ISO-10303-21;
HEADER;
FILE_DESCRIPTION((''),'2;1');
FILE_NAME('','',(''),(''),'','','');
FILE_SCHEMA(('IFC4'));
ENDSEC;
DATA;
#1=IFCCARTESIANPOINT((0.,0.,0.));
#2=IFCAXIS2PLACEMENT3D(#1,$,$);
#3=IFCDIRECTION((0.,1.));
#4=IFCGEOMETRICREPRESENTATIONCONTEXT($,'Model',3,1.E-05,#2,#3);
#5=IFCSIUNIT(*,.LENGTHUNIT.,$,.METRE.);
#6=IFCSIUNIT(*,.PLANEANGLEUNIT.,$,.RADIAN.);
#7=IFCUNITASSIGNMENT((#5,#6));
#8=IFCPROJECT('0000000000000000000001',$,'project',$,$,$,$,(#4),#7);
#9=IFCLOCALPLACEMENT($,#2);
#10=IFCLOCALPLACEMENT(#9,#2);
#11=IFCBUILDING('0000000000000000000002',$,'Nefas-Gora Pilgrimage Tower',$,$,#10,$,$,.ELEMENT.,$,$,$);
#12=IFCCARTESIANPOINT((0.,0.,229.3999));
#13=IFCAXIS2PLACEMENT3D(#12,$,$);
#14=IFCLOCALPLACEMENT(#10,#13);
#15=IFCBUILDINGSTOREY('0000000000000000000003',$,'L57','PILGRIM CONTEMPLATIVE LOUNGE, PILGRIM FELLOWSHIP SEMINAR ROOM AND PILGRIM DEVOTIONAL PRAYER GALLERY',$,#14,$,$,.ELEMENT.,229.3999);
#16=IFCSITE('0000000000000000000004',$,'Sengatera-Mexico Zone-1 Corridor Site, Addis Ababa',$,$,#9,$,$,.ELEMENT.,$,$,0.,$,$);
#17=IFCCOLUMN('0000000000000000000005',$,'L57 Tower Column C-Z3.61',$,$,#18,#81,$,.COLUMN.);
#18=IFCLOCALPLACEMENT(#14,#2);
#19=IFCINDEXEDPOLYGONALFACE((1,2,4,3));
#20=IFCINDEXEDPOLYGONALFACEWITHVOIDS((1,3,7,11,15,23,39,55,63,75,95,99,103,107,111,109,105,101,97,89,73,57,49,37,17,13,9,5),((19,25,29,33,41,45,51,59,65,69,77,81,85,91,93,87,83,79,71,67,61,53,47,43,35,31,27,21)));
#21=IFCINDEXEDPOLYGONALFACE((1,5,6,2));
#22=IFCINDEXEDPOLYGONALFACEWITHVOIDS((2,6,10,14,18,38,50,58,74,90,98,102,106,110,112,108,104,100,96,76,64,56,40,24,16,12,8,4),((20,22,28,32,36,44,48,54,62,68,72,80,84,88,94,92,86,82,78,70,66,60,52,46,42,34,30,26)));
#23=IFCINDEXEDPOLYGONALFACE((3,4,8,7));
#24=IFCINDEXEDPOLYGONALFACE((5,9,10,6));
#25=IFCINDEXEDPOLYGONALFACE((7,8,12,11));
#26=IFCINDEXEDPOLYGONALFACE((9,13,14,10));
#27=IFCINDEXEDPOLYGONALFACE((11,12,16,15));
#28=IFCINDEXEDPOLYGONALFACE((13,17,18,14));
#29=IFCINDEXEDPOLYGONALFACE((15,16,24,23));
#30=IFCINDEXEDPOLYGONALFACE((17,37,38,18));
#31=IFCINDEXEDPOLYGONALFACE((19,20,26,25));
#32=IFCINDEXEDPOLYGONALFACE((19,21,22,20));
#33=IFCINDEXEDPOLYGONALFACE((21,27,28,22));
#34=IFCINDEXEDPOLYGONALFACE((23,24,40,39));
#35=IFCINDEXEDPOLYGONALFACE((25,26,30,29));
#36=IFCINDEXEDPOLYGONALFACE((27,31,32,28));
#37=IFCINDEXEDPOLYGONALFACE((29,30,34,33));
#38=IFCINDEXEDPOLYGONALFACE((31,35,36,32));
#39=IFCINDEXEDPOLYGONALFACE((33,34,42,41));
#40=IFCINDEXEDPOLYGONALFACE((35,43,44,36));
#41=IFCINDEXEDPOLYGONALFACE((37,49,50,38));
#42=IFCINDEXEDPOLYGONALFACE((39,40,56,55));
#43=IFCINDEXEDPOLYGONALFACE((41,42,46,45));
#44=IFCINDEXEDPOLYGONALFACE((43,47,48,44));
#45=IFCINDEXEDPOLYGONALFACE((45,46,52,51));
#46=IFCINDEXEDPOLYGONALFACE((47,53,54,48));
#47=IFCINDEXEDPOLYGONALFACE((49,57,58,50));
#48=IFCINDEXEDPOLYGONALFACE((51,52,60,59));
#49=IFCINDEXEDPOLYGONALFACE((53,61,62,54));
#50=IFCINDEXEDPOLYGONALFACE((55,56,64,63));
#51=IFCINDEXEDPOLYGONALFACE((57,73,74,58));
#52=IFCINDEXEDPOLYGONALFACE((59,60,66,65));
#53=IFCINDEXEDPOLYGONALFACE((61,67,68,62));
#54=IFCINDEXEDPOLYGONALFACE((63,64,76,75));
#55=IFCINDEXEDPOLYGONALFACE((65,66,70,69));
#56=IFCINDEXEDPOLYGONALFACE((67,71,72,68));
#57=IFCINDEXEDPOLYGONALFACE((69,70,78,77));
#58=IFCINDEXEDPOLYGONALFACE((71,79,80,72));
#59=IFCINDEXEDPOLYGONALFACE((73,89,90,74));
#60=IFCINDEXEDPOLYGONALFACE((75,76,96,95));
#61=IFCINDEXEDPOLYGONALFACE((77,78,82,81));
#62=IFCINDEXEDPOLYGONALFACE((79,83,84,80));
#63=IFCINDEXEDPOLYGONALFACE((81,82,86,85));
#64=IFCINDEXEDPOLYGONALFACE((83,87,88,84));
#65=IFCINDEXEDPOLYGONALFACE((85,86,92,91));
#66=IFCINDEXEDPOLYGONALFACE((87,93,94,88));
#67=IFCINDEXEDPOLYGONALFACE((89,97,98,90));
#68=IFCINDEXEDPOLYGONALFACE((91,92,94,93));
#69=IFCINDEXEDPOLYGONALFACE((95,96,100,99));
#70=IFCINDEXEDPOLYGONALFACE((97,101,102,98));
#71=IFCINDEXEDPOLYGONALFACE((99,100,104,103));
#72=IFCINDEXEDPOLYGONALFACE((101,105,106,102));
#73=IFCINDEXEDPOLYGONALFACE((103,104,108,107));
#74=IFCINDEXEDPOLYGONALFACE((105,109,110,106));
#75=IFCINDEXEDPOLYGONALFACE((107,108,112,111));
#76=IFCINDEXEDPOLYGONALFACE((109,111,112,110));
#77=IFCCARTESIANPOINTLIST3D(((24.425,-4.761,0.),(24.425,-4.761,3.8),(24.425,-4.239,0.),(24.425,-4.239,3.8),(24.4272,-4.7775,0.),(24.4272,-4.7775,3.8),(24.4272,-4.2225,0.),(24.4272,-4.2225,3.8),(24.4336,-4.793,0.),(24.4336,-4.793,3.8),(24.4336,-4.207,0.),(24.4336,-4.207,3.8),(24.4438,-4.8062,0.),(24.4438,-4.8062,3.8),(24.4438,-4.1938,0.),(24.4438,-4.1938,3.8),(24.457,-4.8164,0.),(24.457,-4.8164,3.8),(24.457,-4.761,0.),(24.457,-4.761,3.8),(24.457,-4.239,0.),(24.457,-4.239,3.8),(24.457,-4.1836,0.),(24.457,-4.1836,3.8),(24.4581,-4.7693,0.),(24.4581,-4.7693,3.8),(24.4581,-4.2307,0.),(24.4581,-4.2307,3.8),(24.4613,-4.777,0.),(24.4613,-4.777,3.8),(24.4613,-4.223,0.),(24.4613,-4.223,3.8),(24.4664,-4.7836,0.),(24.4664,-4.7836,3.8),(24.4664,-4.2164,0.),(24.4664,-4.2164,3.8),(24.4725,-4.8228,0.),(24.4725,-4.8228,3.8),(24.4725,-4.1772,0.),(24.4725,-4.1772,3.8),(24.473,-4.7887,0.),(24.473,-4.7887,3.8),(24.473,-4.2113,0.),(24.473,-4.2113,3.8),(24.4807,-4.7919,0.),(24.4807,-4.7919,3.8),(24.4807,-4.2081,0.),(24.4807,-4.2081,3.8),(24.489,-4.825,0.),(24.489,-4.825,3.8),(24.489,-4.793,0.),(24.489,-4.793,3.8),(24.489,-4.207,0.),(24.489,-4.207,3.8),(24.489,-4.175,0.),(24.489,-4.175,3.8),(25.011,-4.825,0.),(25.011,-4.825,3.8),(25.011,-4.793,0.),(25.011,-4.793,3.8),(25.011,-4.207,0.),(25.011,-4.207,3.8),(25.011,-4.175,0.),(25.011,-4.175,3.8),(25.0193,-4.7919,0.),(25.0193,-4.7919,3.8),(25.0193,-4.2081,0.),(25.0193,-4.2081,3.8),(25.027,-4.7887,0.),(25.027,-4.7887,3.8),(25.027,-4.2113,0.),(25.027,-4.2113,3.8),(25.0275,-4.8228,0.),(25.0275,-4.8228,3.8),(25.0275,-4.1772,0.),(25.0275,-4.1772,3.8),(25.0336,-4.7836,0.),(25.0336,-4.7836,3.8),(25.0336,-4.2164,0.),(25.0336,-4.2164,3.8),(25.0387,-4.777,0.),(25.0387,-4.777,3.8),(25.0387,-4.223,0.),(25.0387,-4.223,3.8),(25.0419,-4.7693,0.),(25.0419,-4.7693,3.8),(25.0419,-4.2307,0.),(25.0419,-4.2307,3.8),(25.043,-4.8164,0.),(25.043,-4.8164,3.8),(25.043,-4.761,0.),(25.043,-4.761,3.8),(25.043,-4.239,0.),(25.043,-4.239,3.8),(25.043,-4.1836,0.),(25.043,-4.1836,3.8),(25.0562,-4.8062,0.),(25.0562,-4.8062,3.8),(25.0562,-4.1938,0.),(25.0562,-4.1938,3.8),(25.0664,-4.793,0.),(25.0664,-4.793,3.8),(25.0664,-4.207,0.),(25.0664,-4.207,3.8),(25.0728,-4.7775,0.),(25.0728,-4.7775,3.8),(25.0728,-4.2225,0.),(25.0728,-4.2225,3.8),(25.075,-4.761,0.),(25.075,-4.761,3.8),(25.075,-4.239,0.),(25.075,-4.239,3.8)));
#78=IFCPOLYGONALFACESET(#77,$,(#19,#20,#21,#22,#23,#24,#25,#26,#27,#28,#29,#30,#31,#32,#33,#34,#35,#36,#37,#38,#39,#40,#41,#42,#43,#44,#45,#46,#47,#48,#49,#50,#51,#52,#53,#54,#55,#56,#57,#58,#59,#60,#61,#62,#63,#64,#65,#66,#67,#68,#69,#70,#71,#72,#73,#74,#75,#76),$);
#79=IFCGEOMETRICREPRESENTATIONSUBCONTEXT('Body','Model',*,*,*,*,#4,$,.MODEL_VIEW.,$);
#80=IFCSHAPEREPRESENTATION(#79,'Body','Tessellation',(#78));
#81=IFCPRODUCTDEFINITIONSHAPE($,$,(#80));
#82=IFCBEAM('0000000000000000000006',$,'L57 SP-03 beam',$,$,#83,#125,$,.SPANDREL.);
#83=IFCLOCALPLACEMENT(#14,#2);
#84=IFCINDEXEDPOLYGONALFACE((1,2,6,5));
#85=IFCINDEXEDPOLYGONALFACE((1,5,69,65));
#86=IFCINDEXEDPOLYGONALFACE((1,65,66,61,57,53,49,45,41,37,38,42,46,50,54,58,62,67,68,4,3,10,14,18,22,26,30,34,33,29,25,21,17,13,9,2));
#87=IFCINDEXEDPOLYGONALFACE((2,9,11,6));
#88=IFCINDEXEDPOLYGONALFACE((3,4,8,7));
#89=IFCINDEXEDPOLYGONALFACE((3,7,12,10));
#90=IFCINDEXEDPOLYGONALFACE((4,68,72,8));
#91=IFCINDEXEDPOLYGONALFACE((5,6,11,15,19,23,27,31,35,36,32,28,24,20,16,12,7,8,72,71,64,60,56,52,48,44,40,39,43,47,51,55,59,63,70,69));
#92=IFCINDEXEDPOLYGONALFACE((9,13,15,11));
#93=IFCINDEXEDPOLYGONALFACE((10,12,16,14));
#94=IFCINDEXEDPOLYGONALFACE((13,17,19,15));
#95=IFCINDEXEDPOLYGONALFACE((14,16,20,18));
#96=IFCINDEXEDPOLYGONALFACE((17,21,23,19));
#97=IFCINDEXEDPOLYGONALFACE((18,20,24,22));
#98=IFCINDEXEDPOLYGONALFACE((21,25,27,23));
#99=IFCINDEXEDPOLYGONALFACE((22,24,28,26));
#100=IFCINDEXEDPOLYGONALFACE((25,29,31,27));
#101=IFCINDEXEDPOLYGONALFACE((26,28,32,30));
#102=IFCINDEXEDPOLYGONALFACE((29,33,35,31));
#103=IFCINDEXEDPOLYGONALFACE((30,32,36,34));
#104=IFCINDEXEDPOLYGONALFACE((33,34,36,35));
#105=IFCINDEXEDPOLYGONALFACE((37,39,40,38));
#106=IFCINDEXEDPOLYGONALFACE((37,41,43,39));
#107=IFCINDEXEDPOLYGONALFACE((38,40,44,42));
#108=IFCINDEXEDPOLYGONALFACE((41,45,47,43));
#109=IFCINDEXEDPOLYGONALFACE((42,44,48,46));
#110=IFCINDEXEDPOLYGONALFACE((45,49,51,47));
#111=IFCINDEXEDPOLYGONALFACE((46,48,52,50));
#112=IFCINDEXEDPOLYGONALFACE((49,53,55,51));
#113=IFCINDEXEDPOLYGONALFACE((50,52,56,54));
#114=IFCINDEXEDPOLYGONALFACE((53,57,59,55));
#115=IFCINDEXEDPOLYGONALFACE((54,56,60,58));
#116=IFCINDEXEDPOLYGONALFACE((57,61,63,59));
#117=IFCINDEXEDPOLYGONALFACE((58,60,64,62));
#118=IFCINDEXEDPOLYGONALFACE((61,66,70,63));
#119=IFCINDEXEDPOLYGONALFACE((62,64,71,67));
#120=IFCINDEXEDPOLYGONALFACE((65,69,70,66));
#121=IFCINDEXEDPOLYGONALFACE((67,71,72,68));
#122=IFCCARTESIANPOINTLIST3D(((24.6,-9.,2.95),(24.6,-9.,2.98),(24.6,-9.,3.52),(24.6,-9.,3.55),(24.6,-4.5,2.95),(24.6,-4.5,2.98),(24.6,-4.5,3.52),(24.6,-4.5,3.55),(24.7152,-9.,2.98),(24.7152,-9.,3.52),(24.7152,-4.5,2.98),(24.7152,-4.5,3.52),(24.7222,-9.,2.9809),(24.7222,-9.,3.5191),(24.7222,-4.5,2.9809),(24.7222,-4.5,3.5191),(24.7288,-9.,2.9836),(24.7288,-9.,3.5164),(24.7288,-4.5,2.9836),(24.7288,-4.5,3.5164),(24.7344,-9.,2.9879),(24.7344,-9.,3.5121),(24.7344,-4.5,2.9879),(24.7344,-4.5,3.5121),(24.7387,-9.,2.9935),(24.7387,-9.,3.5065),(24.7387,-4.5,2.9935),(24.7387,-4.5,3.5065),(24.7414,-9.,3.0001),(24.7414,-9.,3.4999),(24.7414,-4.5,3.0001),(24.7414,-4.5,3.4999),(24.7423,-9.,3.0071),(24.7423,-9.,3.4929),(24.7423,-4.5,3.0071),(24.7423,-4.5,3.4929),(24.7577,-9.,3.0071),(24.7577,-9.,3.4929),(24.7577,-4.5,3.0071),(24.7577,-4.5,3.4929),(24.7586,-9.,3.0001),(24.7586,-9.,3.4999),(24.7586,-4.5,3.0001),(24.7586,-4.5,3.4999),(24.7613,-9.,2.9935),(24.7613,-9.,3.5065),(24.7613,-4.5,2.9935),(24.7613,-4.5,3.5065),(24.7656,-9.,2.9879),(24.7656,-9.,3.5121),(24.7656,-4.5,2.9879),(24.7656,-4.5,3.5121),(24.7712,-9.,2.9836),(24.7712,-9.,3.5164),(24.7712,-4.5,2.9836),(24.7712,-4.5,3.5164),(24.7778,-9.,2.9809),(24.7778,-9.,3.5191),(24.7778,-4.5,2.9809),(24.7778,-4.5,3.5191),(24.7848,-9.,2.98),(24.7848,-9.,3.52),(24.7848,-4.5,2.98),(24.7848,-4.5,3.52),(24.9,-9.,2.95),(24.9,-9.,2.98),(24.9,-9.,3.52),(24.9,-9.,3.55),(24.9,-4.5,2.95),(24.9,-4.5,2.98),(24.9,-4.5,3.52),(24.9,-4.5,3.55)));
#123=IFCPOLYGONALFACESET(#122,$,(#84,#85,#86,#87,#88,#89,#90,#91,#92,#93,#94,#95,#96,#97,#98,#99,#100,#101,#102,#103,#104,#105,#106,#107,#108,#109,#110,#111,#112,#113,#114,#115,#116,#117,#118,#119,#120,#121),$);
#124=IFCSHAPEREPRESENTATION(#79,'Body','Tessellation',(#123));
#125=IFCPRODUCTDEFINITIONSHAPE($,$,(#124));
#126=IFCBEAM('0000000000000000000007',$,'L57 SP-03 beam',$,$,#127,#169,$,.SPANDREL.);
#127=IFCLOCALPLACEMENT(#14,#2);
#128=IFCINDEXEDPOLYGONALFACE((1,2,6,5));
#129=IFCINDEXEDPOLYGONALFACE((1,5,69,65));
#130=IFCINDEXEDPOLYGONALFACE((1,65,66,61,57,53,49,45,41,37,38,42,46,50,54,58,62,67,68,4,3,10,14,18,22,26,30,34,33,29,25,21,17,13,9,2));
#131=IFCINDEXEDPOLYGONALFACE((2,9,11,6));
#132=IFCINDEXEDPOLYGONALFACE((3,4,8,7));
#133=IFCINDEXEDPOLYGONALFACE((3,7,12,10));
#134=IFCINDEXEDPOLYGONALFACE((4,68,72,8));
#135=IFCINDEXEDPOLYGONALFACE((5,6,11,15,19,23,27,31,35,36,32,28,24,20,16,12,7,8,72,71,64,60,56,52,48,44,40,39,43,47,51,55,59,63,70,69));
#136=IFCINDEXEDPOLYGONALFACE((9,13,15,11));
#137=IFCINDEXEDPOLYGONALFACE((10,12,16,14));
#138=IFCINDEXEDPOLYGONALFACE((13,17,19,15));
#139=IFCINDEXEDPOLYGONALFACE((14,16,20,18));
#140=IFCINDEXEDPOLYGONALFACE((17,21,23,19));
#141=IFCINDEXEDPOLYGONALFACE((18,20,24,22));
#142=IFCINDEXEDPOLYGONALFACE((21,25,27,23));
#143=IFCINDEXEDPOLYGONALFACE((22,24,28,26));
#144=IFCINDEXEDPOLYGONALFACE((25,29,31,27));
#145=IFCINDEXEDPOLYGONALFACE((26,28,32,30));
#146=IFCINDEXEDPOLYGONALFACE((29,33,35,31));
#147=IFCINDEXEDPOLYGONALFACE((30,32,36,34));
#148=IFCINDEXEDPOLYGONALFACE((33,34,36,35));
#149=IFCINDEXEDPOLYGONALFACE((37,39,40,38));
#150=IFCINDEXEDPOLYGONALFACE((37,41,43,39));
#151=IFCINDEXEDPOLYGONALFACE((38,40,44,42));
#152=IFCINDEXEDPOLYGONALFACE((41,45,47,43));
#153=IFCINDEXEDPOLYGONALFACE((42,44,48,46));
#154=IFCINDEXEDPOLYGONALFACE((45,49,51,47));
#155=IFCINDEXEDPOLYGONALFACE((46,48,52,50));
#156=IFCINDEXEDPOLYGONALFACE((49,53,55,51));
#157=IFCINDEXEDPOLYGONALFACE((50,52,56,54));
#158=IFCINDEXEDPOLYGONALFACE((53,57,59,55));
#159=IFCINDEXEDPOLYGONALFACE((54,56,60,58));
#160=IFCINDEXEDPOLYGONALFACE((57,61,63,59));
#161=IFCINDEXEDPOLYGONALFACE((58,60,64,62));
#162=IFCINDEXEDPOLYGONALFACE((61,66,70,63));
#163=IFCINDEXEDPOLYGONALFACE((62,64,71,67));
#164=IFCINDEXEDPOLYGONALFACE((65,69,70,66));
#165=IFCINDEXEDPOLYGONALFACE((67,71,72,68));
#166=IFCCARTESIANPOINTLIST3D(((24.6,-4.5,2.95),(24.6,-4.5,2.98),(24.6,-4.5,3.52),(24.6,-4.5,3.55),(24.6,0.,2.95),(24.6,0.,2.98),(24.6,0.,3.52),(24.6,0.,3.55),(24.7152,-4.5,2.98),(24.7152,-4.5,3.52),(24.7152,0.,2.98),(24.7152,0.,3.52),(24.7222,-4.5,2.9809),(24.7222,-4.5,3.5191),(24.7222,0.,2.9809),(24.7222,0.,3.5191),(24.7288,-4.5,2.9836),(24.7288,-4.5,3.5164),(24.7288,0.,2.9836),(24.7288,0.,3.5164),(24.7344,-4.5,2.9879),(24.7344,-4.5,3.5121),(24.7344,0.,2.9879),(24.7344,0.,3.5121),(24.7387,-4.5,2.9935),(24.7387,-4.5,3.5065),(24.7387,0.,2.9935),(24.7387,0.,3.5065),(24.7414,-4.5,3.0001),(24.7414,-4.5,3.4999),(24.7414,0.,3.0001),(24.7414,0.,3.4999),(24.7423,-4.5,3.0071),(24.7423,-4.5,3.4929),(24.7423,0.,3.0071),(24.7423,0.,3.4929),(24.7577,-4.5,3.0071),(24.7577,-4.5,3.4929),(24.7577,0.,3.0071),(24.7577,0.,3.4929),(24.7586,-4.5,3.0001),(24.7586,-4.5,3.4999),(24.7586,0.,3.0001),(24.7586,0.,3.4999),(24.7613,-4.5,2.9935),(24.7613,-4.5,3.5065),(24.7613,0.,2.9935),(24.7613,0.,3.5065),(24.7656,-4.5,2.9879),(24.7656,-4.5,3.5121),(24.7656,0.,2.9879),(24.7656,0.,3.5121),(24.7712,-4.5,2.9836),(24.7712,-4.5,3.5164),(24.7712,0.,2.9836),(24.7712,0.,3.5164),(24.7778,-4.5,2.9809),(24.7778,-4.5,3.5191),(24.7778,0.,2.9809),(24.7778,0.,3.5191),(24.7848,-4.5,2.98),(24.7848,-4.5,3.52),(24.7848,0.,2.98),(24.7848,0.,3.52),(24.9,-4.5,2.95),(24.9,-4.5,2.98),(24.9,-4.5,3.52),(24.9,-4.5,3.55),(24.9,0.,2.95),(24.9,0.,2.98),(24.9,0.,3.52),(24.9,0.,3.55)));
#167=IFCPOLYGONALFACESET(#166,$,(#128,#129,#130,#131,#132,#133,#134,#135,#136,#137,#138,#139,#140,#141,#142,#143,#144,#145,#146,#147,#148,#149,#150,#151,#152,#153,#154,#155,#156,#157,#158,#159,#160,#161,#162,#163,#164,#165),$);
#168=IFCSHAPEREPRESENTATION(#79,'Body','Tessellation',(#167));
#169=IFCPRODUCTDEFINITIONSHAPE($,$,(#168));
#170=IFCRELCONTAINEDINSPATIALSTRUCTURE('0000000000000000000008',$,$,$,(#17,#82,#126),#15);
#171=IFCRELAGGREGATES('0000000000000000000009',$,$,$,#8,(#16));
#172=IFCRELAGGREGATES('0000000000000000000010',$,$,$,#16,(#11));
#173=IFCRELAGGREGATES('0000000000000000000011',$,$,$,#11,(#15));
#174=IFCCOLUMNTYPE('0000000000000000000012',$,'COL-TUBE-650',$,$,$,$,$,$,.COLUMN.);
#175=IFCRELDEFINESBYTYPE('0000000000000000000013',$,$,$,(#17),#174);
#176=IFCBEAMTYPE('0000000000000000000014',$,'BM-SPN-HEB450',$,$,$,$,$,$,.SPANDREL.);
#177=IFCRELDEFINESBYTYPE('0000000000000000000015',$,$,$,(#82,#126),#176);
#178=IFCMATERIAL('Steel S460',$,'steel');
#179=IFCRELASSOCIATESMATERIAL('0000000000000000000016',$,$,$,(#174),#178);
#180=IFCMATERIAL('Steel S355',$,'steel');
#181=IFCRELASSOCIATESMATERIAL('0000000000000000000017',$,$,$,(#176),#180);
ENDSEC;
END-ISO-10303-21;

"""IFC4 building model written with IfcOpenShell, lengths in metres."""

from ifc_helpers import new_model, si_unit, direction, frame, origin, origin_2d, place, context, subcontext, project, spatial, hollow_rectangle, i_section, extrude, source, transform, mapped, material, material_profile, profile_set, type_object, element, save


model = new_model("IFC4")

# Units and contexts
model_context = context("Model", 3, precision=1e-05, world=origin(), true_north=direction((0.0, 1.0)))
body_context = subcontext(model_context, "Body", "Model", "MODEL_VIEW")
ifc_project = project(units=[si_unit("LENGTHUNIT", "METRE"), si_unit("PLANEANGLEUNIT", "RADIAN")], contexts=[model_context])

# Site, building, storey
site_placement = place(None, origin())
site = spatial("IfcSite", under=ifc_project, at=site_placement, Name="Sengatera-Mexico Zone-1 Corridor Site, Addis Ababa", CompositionType="ELEMENT", RefElevation=0.0)
building_placement = place(site_placement, origin())
building = spatial("IfcBuilding", under=site, at=building_placement, Name="Nefas-Gora Pilgrimage Tower", CompositionType="ELEMENT")
storey_placement = place(building_placement, frame((0.0, 0.0, 229.3999)))
storey = spatial("IfcBuildingStorey", under=building, at=storey_placement, Name="L57", Description="PILGRIM CONTEMPLATIVE LOUNGE, PILGRIM FELLOWSHIP SEMINAR ROOM AND PILGRIM DEVOTIONAL PRAYER GALLERY", CompositionType="ELEMENT", Elevation=229.3999)

# Column
ifc_material_1 = material(Name="Steel S460", Category="steel")
ifc_material_profile_1 = material_profile(ifc_material_1, hollow_rectangle(XDim=0.6499, YDim=0.6499, WallThickness=0.032, InnerFilletRadius=0.032, OuterFilletRadius=0.064, at=origin_2d()), Name="BOX 650x650x32")
ifc_profile_set_1 = profile_set([ifc_material_profile_1], Name="Steel S460")
column_type_1 = type_object("IfcColumnType", Name="COL-TUBE-650", PredefinedType="COLUMN", material=ifc_profile_set_1)
shared_shape_1 = source(origin(), body_context, "Body", "SweptSolid", [
    extrude(hollow_rectangle(XDim=0.6499, YDim=0.6499, WallThickness=0.032, InnerFilletRadius=0.032, OuterFilletRadius=0.064, at=origin_2d()), origin(), (0.0, 0.0, 1.0), 3.8),
])
for number, where, z_axis, x_axis, name in (
    (1, (24.75, -4.5, 0.0), (0.0, 0.0, 1.0), (1.0, 0.0, 0.0), "L57 Tower Column C-Z3.61"),
):
    element("IfcColumn", number, at=place(storey_placement, frame(where, z_axis=z_axis, x_axis=x_axis)), inside=storey, type_object=column_type_1, Name=name, PredefinedType="COLUMN", context=body_context, shape_type="MappedRepresentation", body=[
        mapped(shared_shape_1, transform((0.0, 0.0, 0.0), x_axis=(1.0, 0.0, 0.0), y_axis=(0.0, 1.0, 0.0), z_axis=(0.0, 0.0, 1.0), scale=1.0)),
    ])

# Beams
ifc_material_2 = material(Name="Steel S355", Category="steel")
ifc_material_profile_2 = material_profile(ifc_material_2, i_section(OverallWidth=0.3, OverallDepth=0.6001, WebThickness=0.0154, FlangeThickness=0.03, FilletRadius=0.0271, at=origin_2d()), Name="HEB 600")
ifc_profile_set_2 = profile_set([ifc_material_profile_2], Name="Steel S355")
beam_type_1 = type_object("IfcBeamType", Name="BM-SPN-HEB450", PredefinedType="SPANDREL", material=ifc_profile_set_2)
shared_shape_2 = source(origin(), body_context, "Body", "SweptSolid", [
    extrude(i_section(OverallWidth=0.3, OverallDepth=0.6001, WebThickness=0.0154, FlangeThickness=0.03, FilletRadius=0.0271, at=origin_2d()), origin(), (0.0, 0.0, 1.0), 4.5),
])
for number, where, z_axis, x_axis, name in (
    (2, (24.75, -9.0, 3.25), (0.0, 1.0, 0.0), (-1.0, 0.0, 0.0), "L57 SP-03 beam"),
    (3, (24.75, -4.5, 3.25), (0.0, 1.0, 0.0), (-1.0, 0.0, 0.0), "L57 SP-03 beam"),
):
    element("IfcBeam", number, at=place(storey_placement, frame(where, z_axis=z_axis, x_axis=x_axis)), inside=storey, type_object=beam_type_1, Name=name, PredefinedType="SPANDREL", context=body_context, shape_type="MappedRepresentation", body=[
        mapped(shared_shape_2, transform((0.0, 0.0, 0.0), x_axis=(1.0, 0.0, 0.0), y_axis=(0.0, 1.0, 0.0), z_axis=(0.0, 0.0, 1.0), scale=1.0)),
    ])

save(model, "model.ifc")
